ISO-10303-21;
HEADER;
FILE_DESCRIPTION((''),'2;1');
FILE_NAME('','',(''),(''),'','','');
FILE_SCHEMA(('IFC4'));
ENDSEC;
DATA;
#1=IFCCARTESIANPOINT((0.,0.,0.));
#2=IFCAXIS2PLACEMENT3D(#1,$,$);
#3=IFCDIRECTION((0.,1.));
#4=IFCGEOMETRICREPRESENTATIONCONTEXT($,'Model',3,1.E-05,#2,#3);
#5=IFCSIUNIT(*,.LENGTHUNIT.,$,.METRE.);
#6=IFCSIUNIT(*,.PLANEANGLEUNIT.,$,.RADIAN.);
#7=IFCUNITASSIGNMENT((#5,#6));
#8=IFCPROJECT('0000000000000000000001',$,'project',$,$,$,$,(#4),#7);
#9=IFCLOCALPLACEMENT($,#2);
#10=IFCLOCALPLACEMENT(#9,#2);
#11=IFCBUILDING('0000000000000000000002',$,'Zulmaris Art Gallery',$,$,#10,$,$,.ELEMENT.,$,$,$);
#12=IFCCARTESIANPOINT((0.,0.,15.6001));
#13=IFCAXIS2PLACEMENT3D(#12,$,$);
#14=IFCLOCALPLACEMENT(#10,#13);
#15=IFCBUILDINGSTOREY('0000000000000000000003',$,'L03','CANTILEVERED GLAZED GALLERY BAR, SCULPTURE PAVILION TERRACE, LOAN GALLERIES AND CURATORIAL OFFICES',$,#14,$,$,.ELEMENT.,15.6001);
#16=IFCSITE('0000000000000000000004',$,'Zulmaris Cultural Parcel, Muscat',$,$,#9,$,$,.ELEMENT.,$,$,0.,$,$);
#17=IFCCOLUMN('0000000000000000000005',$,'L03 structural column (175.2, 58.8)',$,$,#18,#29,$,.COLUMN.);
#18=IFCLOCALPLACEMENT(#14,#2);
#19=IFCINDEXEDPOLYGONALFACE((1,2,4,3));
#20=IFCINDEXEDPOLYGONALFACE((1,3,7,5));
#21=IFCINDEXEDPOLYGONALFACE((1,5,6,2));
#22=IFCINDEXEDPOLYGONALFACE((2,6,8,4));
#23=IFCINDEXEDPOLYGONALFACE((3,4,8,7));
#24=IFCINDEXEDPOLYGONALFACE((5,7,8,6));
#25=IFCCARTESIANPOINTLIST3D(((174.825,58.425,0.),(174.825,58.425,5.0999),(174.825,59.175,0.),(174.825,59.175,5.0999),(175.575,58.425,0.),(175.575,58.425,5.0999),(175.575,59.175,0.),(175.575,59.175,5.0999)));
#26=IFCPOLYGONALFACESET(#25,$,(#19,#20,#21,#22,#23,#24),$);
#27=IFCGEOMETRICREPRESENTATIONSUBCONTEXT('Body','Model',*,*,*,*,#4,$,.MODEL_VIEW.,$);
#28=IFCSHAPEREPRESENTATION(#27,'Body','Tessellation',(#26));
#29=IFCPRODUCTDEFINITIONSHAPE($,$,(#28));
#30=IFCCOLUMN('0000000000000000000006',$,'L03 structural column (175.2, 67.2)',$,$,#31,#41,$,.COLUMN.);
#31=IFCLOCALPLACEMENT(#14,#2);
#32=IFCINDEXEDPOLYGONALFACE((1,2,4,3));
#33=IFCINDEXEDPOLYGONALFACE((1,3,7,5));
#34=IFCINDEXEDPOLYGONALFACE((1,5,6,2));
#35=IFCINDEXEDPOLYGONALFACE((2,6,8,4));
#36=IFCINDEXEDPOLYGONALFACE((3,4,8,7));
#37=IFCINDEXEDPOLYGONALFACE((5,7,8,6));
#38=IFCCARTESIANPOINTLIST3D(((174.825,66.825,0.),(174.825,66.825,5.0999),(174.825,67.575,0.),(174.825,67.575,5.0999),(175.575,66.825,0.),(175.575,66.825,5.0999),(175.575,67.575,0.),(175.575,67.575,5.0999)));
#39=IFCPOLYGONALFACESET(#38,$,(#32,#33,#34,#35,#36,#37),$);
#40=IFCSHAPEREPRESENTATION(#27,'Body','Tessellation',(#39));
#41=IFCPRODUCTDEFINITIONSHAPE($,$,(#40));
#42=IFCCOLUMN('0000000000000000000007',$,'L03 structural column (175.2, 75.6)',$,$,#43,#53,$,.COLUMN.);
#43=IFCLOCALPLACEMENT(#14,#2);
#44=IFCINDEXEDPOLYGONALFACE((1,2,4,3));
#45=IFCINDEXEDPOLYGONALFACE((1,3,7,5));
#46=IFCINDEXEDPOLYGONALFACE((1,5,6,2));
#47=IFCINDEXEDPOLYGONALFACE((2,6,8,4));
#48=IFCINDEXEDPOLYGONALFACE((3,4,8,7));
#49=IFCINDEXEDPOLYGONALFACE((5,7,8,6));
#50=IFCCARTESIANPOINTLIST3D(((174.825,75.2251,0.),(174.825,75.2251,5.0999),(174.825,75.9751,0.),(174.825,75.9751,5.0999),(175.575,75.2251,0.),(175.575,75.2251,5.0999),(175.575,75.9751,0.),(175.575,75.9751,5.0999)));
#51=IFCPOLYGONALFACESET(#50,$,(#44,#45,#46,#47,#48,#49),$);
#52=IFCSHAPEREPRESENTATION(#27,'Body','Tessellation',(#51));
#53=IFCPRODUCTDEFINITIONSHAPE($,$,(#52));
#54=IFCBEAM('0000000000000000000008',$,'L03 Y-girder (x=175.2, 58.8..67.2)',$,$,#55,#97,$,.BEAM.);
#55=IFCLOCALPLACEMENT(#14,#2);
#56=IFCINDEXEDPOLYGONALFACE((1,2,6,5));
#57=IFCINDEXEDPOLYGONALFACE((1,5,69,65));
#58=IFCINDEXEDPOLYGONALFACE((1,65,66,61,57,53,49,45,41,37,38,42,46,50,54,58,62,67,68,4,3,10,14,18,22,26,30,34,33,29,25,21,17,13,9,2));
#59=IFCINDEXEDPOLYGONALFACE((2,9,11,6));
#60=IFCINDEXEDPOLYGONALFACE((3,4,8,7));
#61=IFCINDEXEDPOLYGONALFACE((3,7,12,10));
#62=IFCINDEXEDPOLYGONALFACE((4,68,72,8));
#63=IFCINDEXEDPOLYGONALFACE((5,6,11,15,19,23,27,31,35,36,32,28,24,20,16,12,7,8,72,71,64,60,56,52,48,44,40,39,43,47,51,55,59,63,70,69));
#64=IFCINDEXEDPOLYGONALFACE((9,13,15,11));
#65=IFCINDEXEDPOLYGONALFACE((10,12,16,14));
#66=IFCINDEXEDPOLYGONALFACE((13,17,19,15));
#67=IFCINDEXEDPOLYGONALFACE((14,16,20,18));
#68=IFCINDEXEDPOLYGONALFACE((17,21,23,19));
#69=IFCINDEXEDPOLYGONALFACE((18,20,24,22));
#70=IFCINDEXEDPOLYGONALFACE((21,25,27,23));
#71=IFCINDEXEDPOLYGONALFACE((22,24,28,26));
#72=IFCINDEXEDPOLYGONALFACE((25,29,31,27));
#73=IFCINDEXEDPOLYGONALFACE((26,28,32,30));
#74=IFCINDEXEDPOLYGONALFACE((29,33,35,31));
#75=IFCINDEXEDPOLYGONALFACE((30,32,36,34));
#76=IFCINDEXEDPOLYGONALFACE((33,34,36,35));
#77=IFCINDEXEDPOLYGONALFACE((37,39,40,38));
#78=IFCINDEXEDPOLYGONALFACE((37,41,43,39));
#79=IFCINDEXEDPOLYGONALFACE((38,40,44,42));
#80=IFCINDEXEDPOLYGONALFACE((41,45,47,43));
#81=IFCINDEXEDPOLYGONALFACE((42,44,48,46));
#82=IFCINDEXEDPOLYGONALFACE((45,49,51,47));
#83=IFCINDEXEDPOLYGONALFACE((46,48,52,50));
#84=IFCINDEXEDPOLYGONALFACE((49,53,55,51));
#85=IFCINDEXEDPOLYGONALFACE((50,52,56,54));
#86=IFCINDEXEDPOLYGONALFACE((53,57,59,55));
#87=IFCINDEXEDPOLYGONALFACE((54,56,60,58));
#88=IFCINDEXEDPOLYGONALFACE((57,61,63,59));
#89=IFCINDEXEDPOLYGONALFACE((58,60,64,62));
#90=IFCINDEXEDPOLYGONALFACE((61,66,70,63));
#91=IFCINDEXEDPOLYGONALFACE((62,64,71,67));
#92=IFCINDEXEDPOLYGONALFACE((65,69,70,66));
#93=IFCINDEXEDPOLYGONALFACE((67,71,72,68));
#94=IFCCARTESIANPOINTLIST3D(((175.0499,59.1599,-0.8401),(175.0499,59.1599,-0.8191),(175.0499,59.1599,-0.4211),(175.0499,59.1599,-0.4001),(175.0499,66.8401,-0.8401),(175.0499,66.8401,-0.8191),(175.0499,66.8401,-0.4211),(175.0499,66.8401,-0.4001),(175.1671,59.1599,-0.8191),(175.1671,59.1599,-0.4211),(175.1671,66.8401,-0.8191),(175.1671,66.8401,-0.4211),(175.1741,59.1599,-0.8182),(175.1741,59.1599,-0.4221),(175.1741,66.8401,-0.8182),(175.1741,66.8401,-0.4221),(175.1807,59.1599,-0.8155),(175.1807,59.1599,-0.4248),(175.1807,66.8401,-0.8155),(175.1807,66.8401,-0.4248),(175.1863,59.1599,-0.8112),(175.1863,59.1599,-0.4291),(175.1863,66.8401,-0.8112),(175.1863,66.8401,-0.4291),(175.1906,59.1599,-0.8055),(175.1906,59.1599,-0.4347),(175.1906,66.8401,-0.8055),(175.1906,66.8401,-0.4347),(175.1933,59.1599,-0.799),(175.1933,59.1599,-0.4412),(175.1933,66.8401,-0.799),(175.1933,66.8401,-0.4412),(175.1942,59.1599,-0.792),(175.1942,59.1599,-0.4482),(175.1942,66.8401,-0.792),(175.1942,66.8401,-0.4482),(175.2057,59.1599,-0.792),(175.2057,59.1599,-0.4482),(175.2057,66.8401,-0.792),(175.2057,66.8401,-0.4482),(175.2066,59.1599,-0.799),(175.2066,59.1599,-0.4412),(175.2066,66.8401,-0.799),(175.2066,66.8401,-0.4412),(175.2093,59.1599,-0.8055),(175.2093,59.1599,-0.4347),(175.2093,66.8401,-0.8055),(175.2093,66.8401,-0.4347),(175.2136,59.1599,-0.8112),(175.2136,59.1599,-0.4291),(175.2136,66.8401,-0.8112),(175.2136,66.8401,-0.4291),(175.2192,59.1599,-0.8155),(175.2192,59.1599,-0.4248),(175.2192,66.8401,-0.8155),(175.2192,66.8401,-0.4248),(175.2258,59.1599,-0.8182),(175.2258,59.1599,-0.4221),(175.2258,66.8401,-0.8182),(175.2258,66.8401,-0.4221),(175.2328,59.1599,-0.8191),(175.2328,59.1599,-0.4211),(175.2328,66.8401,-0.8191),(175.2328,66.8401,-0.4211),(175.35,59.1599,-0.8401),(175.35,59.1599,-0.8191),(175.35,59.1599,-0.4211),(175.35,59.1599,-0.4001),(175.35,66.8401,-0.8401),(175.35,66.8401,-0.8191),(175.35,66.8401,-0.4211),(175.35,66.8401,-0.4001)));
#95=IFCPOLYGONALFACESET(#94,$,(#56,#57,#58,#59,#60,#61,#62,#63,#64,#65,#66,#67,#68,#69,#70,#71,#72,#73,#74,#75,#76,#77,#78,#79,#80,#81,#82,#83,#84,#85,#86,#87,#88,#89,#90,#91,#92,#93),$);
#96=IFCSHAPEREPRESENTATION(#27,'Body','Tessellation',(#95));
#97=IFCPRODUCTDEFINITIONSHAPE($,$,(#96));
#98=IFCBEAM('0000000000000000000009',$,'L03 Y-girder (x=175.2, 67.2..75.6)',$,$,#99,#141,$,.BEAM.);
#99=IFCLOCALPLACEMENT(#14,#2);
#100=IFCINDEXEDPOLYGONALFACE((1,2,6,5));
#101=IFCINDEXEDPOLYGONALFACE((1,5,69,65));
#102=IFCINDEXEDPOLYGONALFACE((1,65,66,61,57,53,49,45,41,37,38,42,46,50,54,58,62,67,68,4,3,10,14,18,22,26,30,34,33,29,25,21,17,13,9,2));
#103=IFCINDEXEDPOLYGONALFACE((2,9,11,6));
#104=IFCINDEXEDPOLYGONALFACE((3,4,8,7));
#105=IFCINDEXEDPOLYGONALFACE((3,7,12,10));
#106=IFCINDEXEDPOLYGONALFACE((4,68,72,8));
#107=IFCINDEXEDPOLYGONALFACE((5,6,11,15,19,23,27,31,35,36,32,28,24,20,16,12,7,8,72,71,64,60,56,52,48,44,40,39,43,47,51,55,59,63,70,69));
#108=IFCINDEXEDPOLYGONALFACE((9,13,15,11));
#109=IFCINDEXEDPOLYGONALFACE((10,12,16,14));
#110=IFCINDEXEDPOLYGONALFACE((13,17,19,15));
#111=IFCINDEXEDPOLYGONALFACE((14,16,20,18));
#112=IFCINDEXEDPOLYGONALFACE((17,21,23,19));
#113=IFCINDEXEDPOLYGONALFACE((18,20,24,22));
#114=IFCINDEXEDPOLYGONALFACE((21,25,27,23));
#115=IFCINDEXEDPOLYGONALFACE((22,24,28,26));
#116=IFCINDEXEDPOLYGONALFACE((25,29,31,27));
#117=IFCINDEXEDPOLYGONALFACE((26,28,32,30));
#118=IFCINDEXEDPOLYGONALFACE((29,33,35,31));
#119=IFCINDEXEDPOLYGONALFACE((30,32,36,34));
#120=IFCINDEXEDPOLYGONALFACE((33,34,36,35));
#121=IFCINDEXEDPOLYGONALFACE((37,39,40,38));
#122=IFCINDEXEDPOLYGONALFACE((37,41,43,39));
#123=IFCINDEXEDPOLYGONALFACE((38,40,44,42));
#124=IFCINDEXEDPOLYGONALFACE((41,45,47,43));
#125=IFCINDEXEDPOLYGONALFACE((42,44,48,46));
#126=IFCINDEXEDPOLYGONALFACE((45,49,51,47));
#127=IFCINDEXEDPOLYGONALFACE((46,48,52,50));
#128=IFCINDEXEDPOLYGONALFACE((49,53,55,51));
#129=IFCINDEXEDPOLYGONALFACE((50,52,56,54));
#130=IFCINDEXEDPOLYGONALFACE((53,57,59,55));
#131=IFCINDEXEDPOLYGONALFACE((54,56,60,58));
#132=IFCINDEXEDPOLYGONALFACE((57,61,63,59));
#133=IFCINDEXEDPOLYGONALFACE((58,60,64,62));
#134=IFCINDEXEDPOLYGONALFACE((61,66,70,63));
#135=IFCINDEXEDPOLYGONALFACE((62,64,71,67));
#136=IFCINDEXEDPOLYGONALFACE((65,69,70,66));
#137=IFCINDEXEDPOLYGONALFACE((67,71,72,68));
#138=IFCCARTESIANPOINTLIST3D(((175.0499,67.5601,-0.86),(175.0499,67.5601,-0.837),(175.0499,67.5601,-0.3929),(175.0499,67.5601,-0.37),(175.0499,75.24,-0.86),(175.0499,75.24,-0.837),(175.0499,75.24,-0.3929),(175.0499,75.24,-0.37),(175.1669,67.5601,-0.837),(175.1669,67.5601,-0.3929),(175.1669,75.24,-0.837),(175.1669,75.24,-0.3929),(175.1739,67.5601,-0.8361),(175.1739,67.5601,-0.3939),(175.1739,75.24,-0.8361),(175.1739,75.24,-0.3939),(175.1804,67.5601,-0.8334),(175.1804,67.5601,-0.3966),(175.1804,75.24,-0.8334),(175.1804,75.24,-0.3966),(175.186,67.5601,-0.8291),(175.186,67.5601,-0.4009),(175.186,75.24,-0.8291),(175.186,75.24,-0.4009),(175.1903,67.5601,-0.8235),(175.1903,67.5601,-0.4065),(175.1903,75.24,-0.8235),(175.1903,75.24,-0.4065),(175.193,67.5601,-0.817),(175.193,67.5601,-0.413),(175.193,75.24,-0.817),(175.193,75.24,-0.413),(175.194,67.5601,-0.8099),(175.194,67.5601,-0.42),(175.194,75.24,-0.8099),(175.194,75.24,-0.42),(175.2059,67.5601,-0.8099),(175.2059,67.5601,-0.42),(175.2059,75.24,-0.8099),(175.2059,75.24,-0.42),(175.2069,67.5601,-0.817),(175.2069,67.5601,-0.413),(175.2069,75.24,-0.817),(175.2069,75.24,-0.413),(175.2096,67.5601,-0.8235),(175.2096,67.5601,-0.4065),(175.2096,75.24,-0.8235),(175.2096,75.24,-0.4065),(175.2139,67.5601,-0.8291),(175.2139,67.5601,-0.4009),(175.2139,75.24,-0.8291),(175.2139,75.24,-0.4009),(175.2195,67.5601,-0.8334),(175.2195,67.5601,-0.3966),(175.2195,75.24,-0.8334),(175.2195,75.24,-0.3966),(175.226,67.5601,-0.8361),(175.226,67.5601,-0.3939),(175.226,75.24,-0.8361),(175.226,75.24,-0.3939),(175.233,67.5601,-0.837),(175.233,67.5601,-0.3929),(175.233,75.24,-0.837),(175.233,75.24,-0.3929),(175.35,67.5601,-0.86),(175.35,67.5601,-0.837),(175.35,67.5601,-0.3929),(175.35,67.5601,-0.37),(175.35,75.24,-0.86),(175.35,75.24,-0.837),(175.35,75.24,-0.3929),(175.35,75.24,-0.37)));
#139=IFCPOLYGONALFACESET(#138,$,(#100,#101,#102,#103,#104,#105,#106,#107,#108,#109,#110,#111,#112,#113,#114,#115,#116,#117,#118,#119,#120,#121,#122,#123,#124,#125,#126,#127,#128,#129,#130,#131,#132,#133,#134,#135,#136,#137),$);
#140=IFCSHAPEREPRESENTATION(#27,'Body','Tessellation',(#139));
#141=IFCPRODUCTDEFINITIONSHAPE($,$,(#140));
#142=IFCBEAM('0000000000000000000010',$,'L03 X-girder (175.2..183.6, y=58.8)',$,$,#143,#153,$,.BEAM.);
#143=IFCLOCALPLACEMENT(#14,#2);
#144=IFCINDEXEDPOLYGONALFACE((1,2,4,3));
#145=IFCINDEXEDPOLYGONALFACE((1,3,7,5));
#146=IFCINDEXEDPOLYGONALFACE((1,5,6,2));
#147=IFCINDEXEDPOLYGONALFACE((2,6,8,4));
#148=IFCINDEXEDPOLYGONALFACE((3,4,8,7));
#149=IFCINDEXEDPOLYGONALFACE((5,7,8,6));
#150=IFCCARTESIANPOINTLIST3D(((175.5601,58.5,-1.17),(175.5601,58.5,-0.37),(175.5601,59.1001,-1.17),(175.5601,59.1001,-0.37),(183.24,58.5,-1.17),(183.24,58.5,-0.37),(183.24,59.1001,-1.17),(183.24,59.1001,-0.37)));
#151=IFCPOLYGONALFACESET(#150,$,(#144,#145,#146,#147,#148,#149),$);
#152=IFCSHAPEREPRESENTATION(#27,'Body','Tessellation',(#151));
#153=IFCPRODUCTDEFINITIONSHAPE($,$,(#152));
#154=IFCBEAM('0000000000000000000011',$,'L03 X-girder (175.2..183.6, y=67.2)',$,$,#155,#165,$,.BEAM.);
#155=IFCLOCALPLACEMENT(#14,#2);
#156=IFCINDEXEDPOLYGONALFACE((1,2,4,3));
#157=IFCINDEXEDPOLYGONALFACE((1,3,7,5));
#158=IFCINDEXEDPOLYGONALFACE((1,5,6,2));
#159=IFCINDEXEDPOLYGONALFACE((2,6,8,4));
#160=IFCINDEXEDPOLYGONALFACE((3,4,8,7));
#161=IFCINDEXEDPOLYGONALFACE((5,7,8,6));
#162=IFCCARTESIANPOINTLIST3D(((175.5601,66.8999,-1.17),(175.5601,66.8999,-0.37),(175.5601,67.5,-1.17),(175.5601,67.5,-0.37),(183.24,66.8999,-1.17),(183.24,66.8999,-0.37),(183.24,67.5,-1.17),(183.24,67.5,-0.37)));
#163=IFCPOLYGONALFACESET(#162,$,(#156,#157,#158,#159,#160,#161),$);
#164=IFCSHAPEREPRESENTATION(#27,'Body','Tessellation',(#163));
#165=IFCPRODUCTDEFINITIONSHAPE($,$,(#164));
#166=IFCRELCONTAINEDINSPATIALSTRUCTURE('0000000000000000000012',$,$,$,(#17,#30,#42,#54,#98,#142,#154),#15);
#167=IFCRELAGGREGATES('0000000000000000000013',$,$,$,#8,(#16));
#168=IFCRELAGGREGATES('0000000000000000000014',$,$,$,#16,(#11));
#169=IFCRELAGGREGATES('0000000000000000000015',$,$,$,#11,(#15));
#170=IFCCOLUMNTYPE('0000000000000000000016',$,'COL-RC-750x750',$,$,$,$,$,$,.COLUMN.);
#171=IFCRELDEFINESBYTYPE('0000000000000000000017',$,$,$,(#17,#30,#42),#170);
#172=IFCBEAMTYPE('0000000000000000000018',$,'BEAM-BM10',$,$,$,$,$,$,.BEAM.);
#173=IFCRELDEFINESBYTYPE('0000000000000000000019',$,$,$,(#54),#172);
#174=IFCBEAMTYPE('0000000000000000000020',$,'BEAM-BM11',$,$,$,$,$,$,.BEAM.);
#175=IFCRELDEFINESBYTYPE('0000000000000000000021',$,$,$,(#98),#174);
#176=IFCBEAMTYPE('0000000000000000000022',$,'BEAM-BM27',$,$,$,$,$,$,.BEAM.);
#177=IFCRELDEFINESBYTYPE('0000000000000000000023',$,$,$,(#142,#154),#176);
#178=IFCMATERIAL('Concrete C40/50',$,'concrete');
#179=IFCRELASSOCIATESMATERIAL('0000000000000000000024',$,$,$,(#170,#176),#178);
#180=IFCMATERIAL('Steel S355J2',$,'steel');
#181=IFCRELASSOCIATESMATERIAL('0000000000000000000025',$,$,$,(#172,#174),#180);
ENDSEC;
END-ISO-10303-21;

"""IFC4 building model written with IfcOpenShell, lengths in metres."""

from ifc_helpers import new_model, si_unit, direction, frame, origin, origin_2d, place, context, subcontext, project, spatial, rectangle, i_section, extrude, material, material_profile, profile_set, type_object, element, save


model = new_model("IFC4")

# Units and contexts
model_context = context("Model", 3, precision=1e-05, world=origin(), true_north=direction((0.0, 1.0)))
body_context = subcontext(model_context, "Body", "Model", "MODEL_VIEW")
ifc_project = project(units=[si_unit("LENGTHUNIT", "METRE"), si_unit("PLANEANGLEUNIT", "RADIAN")], contexts=[model_context])

# Site, building, storey
site_placement = place(None, origin())
site = spatial("IfcSite", under=ifc_project, at=site_placement, Name="Zulmaris Cultural Parcel, Muscat", CompositionType="ELEMENT", RefElevation=0.0)
building_placement = place(site_placement, origin())
building = spatial("IfcBuilding", under=site, at=building_placement, Name="Zulmaris Art Gallery", CompositionType="ELEMENT")
storey_placement = place(building_placement, frame((0.0, 0.0, 15.6001)))
storey = spatial("IfcBuildingStorey", under=building, at=storey_placement, Name="L03", Description="CANTILEVERED GLAZED GALLERY BAR, SCULPTURE PAVILION TERRACE, LOAN GALLERIES AND CURATORIAL OFFICES", CompositionType="ELEMENT", Elevation=15.6001)

# Columns
ifc_material_1 = material(Name="Concrete C40/50", Category="concrete")
ifc_material_profile_1 = material_profile(ifc_material_1, rectangle(XDim=0.75, YDim=0.75, at=origin_2d()), Name="RC 750x750")
ifc_profile_set_1 = profile_set([ifc_material_profile_1], Name="Concrete C40/50")
column_type = type_object("IfcColumnType", Name="COL-RC-750x750", PredefinedType="COLUMN", material=ifc_profile_set_1)
for number, where, z_axis, x_axis, name in (
    (1, (175.2, 58.8, 0.0), (0.0, 0.0, 1.0), (1.0, 0.0, 0.0), "L03 structural column (175.2, 58.8)"),
    (2, (175.2, 67.2, 0.0), (0.0, 0.0, 1.0), (1.0, 0.0, 0.0), "L03 structural column (175.2, 67.2)"),
    (3, (175.2, 75.6001, 0.0), (0.0, 0.0, 1.0), (1.0, 0.0, 0.0), "L03 structural column (175.2, 75.6)"),
):
    element("IfcColumn", number, at=place(storey_placement, frame(where, z_axis=z_axis, x_axis=x_axis)), inside=storey, type_object=column_type, Name=name, PredefinedType="COLUMN", context=body_context, shape_type="SweptSolid", body=[
        extrude(rectangle(XDim=0.75, YDim=0.75, at=origin_2d()), origin(), (0.0, 0.0, 1.0), 5.0999),
    ])

# Beams
ifc_material_2 = material(Name="Steel S355J2", Category="steel")
ifc_material_profile_2 = material_profile(ifc_material_2, i_section(OverallWidth=0.3, OverallDepth=0.4399, WebThickness=0.0115, FlangeThickness=0.021, FilletRadius=0.0271, at=origin_2d()), Name="HEA 450")
ifc_profile_set_2 = profile_set([ifc_material_profile_2], Name="Steel S355J2")
beam_type_1 = type_object("IfcBeamType", Name="BEAM-BM10", PredefinedType="BEAM", material=ifc_profile_set_2)
beam_1_placement = place(storey_placement, frame((175.2, 59.1599, -0.6201), z_axis=(0.0, 1.0, 0.0), x_axis=(-1.0, 0.0, 0.0)))
element("IfcBeam", 4, at=beam_1_placement, inside=storey, type_object=beam_type_1, Name="L03 Y-girder (x=175.2, 58.8..67.2)", PredefinedType="BEAM", context=body_context, shape_type="SweptSolid", body=[
    extrude(i_section(OverallWidth=0.3, OverallDepth=0.4399, WebThickness=0.0115, FlangeThickness=0.021, FilletRadius=0.0271, at=origin_2d()), origin(), (0.0, 0.0, 1.0), 7.6802),
])
ifc_material_profile_3 = material_profile(ifc_material_2, i_section(OverallWidth=0.3, OverallDepth=0.49, WebThickness=0.012, FlangeThickness=0.0229, FilletRadius=0.0271, at=origin_2d()), Name="HEA 500")
ifc_profile_set_3 = profile_set([ifc_material_profile_3], Name="Steel S355J2")
beam_type_2 = type_object("IfcBeamType", Name="BEAM-BM11", PredefinedType="BEAM", material=ifc_profile_set_3)
beam_2_placement = place(storey_placement, frame((175.2, 67.5601, -0.615), z_axis=(0.0, 1.0, 0.0), x_axis=(-1.0, 0.0, 0.0)))
element("IfcBeam", 5, at=beam_2_placement, inside=storey, type_object=beam_type_2, Name="L03 Y-girder (x=175.2, 67.2..75.6)", PredefinedType="BEAM", context=body_context, shape_type="SweptSolid", body=[
    extrude(i_section(OverallWidth=0.3, OverallDepth=0.49, WebThickness=0.012, FlangeThickness=0.0229, FilletRadius=0.0271, at=origin_2d()), origin(), (0.0, 0.0, 1.0), 7.6799),
])
ifc_material_profile_4 = material_profile(ifc_material_1, rectangle(XDim=0.6001, YDim=0.8, at=origin_2d()), Name="RC 600x800")
ifc_profile_set_4 = profile_set([ifc_material_profile_4], Name="Concrete C40/50")
beam_type_3 = type_object("IfcBeamType", Name="BEAM-BM27", PredefinedType="BEAM", material=ifc_profile_set_4)
for number, where, z_axis, x_axis, name in (
    (6, (175.5601, 58.8, -0.77), (1.0, 0.0, 0.0), (0.0, 1.0, 0.0), "L03 X-girder (175.2..183.6, y=58.8)"),
    (7, (175.5601, 67.2, -0.77), (1.0, 0.0, 0.0), (0.0, 1.0, 0.0), "L03 X-girder (175.2..183.6, y=67.2)"),
):
    element("IfcBeam", number, at=place(storey_placement, frame(where, z_axis=z_axis, x_axis=x_axis)), inside=storey, type_object=beam_type_3, Name=name, PredefinedType="BEAM", context=body_context, shape_type="SweptSolid", body=[
        extrude(rectangle(XDim=0.6001, YDim=0.8, at=origin_2d()), origin(), (0.0, 0.0, 1.0), 7.6799),
    ])

save(model, "model.ifc")
